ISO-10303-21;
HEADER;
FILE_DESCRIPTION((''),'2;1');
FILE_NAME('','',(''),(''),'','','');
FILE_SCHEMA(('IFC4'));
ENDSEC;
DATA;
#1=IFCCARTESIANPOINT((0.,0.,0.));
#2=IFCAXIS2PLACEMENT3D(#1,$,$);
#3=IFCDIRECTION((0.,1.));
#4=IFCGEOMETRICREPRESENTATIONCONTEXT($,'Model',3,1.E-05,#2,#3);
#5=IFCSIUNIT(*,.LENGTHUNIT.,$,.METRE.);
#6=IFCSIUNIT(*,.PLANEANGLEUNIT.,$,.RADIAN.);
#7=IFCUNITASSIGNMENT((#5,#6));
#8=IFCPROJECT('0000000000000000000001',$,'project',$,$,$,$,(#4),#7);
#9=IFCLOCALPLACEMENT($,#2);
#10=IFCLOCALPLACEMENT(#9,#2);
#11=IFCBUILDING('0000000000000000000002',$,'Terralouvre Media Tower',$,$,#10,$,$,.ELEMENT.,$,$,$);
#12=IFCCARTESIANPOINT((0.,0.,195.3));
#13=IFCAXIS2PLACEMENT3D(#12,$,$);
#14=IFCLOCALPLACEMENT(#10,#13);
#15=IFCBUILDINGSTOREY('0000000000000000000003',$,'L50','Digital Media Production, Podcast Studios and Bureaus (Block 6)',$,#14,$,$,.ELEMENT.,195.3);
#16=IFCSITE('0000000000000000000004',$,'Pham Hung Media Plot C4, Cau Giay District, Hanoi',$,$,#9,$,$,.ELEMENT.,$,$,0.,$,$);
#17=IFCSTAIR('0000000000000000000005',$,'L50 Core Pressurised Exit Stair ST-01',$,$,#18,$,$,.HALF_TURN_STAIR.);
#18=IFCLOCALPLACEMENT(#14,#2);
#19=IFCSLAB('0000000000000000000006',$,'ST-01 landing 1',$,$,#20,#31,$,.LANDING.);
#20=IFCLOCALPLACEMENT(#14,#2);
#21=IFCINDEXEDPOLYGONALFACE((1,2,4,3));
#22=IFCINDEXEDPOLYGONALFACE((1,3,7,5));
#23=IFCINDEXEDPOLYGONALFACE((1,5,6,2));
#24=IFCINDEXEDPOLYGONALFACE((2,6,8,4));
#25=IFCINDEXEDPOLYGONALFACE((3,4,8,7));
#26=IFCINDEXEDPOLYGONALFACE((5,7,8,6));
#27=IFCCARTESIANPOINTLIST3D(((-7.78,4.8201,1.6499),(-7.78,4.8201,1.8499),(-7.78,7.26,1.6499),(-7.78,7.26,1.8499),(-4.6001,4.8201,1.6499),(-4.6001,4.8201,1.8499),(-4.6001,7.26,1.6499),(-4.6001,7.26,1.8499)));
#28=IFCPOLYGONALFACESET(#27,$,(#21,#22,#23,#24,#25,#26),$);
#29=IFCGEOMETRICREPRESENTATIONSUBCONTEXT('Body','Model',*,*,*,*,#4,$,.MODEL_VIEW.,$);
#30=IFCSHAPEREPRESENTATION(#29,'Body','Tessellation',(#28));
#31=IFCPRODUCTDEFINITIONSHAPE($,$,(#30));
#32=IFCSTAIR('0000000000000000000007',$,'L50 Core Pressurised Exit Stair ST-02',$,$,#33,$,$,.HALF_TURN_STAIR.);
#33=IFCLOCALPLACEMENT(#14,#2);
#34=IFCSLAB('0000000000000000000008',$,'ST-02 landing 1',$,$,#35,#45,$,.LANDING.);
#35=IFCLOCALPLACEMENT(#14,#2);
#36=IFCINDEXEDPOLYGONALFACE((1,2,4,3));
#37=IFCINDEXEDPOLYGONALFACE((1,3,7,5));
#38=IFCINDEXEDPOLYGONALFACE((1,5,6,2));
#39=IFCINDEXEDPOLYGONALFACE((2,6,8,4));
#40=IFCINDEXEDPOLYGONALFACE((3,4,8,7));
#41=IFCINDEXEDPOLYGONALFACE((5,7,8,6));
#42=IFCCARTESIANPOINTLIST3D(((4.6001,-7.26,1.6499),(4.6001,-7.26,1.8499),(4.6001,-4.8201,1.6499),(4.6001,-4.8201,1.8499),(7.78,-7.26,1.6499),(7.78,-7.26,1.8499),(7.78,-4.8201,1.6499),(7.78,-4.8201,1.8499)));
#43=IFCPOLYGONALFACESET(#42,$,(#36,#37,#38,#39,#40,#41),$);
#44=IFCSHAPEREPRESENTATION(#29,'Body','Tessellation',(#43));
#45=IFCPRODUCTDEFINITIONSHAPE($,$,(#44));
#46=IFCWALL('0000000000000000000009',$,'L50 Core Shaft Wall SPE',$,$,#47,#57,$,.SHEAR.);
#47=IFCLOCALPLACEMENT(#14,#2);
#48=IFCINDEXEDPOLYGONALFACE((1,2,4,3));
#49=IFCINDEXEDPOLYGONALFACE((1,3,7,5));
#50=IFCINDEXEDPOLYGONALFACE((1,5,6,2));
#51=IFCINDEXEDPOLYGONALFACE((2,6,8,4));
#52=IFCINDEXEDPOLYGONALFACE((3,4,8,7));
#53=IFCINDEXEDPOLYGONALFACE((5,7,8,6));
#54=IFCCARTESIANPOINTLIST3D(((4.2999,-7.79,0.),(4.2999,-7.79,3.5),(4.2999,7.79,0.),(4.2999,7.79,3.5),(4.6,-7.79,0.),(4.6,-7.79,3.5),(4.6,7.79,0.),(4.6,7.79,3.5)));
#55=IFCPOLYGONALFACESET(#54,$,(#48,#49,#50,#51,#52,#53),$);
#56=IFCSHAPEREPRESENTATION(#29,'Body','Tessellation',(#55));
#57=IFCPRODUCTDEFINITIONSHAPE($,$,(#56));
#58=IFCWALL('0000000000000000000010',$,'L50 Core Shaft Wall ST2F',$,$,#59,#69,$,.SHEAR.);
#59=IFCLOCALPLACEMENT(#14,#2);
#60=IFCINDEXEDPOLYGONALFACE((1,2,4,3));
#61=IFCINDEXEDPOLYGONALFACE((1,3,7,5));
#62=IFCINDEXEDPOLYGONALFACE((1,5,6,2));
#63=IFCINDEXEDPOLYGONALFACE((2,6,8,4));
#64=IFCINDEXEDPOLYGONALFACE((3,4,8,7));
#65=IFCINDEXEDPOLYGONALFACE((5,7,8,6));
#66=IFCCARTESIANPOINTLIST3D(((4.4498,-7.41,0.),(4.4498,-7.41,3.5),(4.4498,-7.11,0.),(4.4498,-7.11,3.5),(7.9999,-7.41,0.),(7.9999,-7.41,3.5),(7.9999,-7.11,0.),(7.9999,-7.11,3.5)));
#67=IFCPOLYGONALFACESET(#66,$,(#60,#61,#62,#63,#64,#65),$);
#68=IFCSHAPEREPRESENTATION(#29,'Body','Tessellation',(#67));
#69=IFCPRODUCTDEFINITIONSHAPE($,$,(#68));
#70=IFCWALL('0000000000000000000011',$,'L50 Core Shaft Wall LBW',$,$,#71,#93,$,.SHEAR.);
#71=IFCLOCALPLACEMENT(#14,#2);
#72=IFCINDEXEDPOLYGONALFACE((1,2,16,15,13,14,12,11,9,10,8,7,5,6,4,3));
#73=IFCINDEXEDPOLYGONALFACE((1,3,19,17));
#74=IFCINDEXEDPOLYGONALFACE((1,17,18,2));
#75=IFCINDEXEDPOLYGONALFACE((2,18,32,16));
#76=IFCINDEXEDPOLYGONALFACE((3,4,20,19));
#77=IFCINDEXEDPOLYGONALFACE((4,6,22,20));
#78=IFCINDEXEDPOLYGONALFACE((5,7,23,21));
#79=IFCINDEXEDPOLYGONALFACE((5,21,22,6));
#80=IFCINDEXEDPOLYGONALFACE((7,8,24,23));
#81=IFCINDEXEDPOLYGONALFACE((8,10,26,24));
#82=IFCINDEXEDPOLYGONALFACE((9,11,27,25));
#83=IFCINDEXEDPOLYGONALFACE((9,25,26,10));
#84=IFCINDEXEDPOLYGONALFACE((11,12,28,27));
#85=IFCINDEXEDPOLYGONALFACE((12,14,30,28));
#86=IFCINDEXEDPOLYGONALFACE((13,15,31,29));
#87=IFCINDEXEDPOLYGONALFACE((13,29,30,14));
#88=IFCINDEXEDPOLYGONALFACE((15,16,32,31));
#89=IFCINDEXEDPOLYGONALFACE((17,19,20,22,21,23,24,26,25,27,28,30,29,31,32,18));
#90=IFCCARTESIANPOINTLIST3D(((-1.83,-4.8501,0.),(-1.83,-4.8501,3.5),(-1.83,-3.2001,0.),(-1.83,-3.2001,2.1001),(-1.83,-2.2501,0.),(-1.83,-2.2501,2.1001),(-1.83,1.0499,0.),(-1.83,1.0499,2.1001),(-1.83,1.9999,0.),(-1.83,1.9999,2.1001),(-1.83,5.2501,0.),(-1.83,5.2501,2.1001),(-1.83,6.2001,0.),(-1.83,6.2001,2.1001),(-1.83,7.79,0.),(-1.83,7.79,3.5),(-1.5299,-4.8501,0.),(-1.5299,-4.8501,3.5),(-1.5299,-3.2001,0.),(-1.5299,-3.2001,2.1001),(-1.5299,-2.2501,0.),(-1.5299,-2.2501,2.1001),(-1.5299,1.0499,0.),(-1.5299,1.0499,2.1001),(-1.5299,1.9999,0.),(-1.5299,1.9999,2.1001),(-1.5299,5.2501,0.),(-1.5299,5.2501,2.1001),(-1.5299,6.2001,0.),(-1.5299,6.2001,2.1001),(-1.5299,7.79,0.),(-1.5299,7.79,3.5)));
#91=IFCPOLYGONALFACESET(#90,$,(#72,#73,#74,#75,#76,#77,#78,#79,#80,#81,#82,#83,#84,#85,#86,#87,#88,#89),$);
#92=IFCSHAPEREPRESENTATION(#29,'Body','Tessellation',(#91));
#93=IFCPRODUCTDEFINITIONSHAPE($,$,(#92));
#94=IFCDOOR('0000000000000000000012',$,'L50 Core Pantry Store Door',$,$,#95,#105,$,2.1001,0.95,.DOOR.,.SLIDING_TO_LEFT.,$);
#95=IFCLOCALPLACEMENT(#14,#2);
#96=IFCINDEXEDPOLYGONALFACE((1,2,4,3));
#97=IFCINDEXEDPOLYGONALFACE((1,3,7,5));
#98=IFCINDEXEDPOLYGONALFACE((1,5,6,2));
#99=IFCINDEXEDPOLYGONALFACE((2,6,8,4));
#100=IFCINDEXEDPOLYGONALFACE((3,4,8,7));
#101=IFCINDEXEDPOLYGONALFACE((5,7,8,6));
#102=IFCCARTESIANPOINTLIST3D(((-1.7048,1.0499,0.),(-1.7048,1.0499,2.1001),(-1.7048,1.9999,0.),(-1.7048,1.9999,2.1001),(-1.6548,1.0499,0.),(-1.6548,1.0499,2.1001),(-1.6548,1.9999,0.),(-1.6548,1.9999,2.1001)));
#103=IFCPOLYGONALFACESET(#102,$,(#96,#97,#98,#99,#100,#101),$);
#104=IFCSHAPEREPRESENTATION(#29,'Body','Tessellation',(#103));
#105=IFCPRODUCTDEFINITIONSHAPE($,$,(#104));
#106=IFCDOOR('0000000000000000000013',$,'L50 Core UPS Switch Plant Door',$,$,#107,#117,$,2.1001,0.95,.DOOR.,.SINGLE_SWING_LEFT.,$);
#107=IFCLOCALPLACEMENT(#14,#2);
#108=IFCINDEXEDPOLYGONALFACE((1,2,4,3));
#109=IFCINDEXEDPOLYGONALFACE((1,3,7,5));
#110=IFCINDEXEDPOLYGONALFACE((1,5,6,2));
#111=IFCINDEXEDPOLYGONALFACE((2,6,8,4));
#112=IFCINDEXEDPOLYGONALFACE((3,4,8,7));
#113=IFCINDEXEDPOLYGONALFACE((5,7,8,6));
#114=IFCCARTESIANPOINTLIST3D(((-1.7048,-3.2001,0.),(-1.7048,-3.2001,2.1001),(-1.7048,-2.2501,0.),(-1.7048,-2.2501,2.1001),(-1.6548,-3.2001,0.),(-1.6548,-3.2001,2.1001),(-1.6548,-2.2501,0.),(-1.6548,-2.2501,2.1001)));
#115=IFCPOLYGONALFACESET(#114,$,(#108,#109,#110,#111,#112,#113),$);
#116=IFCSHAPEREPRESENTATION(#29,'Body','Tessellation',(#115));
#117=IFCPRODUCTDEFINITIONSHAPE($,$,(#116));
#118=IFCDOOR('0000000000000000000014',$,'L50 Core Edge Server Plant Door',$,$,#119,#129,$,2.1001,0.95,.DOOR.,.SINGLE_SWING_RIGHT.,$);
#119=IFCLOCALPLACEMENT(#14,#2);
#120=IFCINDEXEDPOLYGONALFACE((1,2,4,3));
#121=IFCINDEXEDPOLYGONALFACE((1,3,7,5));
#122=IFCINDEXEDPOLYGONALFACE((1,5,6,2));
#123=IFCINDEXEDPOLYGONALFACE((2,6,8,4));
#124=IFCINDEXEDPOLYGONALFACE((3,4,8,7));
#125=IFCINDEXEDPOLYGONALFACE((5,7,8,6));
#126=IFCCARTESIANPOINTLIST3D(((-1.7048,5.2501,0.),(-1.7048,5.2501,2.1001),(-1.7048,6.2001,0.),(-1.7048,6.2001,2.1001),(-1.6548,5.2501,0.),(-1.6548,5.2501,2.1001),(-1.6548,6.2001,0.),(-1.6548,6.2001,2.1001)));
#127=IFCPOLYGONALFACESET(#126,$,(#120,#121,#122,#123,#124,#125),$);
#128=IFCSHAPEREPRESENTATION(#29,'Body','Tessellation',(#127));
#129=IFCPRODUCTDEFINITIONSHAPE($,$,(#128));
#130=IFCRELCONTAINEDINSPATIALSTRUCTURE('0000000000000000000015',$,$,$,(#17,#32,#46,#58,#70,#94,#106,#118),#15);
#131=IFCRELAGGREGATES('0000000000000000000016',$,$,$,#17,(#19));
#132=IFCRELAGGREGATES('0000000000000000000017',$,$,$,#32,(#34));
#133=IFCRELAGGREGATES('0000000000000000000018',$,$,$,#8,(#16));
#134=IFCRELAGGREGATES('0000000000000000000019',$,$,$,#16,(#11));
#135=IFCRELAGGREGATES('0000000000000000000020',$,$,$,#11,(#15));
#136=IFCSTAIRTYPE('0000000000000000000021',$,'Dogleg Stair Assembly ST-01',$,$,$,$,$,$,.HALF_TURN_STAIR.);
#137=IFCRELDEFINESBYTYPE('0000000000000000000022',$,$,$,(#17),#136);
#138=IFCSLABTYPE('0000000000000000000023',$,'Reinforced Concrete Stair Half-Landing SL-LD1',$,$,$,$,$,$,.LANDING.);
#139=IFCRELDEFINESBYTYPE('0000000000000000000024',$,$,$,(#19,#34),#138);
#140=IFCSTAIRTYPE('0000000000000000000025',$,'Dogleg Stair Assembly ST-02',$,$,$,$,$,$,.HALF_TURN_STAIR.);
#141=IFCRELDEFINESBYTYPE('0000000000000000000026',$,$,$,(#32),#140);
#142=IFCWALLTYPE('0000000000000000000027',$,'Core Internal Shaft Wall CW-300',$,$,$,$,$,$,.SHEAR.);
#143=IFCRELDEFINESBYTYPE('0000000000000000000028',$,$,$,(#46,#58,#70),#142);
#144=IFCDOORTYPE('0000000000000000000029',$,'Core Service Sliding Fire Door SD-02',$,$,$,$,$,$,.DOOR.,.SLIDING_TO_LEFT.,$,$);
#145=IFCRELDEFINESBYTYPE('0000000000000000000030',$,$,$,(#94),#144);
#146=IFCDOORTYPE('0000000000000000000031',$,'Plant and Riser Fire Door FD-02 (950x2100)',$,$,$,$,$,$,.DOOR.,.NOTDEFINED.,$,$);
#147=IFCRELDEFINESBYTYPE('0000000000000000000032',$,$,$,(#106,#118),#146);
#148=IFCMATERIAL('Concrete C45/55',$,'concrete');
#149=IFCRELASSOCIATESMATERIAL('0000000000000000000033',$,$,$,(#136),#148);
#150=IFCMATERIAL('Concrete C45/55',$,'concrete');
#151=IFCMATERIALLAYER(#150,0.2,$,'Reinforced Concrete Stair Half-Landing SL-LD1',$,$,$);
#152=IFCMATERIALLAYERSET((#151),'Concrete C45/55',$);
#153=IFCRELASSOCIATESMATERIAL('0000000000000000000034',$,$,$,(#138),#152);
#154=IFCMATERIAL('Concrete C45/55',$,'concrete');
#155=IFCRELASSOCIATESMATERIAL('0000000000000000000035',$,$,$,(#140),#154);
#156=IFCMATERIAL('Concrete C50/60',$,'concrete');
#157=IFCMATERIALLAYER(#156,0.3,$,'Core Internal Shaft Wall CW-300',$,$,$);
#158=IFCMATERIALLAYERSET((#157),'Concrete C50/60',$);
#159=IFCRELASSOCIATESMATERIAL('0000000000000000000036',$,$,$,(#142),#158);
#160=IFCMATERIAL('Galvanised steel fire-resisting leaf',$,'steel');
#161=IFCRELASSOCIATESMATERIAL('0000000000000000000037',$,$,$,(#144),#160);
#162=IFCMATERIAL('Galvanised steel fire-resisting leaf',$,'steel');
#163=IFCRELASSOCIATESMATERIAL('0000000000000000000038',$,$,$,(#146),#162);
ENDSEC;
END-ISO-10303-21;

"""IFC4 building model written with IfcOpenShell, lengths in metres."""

from ifc_helpers import new_model, si_unit, direction, frame, frame_2d, origin, place, context, subcontext, project, spatial, polyline, rectangle, outline, extrude, material, layer, layer_set, type_object, element, fill, aggregate, save


model = new_model("IFC4")

# Units and contexts
model_context = context("Model", 3, precision=1e-05, world=origin(), true_north=direction((0.0, 1.0)))
body_context = subcontext(model_context, "Body", "Model", "MODEL_VIEW")
ifc_project = project(units=[si_unit("LENGTHUNIT", "METRE"), si_unit("PLANEANGLEUNIT", "RADIAN")], contexts=[model_context])

# Site, building, storey
site_placement = place(None, origin())
site = spatial("IfcSite", under=ifc_project, at=site_placement, Name="Pham Hung Media Plot C4, Cau Giay District, Hanoi", CompositionType="ELEMENT", RefElevation=0.0)
building_placement = place(site_placement, origin())
building = spatial("IfcBuilding", under=site, at=building_placement, Name="Terralouvre Media Tower", CompositionType="ELEMENT")
storey_placement = place(building_placement, frame((0.0, 0.0, 195.3)))
storey = spatial("IfcBuildingStorey", under=building, at=storey_placement, Name="L50", Description="Digital Media Production, Podcast Studios and Bureaus (Block 6)", CompositionType="ELEMENT", Elevation=195.3)

# Stairs, slabs
ifc_material_1 = material(Name="Concrete C45/55", Category="concrete")
stair_type_1 = type_object("IfcStairType", Name="Dogleg Stair Assembly ST-01", PredefinedType="HALF_TURN_STAIR", material=ifc_material_1)
stair_1_placement = place(storey_placement, origin())
stair_1 = element("IfcStair", 1, at=stair_1_placement, inside=storey, type_object=stair_type_1, Name="L50 Core Pressurised Exit Stair ST-01", PredefinedType="HALF_TURN_STAIR")
ifc_material_2 = material(Name="Concrete C45/55", Category="concrete")
ifc_layer_1 = layer(ifc_material_2, 0.2, Name="Reinforced Concrete Stair Half-Landing SL-LD1")
ifc_layer_set_1 = layer_set([ifc_layer_1], Name="Concrete C45/55")
slab_type_1 = type_object("IfcSlabType", Name="Reinforced Concrete Stair Half-Landing SL-LD1", PredefinedType="LANDING", material=ifc_layer_set_1)
slab_1_placement = place(storey_placement, frame((0.0, 0.0, 1.6499)))
slab_1 = element("IfcSlab", 2, at=slab_1_placement, type_object=slab_type_1, Name="ST-01 landing 1", PredefinedType="LANDING", context=body_context, shape_type="SweptSolid", body=[
    extrude(outline(polyline([(-4.6001, 4.8201), (-4.6001, 7.26), (-7.78, 7.26), (-7.78, 4.8201), (-4.6001, 4.8201)])), origin(), (0.0, 0.0, 1.0), 0.2),
])
aggregate(stair_1, [slab_1])
ifc_material_3 = material(Name="Concrete C45/55", Category="concrete")
stair_type_2 = type_object("IfcStairType", Name="Dogleg Stair Assembly ST-02", PredefinedType="HALF_TURN_STAIR", material=ifc_material_3)
stair_2_placement = place(storey_placement, origin())
stair_2 = element("IfcStair", 3, at=stair_2_placement, inside=storey, type_object=stair_type_2, Name="L50 Core Pressurised Exit Stair ST-02", PredefinedType="HALF_TURN_STAIR")
slab_2_placement = place(storey_placement, frame((0.0, 0.0, 1.6499)))
slab_2 = element("IfcSlab", 4, at=slab_2_placement, type_object=slab_type_1, Name="ST-02 landing 1", PredefinedType="LANDING", context=body_context, shape_type="SweptSolid", body=[
    extrude(outline(polyline([(4.6001, -4.8201), (4.6001, -7.26), (7.78, -7.26), (7.78, -4.8201), (4.6001, -4.8201)])), origin(), (0.0, 0.0, 1.0), 0.2),
])

# Wall
ifc_material_4 = material(Name="Concrete C50/60", Category="concrete")
ifc_layer_2 = layer(ifc_material_4, 0.3, Name="Core Internal Shaft Wall CW-300")
ifc_layer_set_2 = layer_set([ifc_layer_2], Name="Concrete C50/60")
wall_type_1 = type_object("IfcWallType", Name="Core Internal Shaft Wall CW-300", PredefinedType="SHEAR", material=ifc_layer_set_2)
wall_1_placement = place(storey_placement, frame((4.45, -7.79, 0.0), z_axis=(0.0, 0.0, 1.0), x_axis=(0.0, 1.0, 0.0)))
element("IfcWall", 5, at=wall_1_placement, inside=storey, type_object=wall_type_1, Name="L50 Core Shaft Wall SPE", PredefinedType="SHEAR", context=body_context, shape_type="SweptSolid", body=[
    extrude(rectangle(XDim=15.5801, YDim=0.3, at=frame_2d((7.79, 0.0))), origin(), (0.0, 0.0, 1.0), 3.5),
])

# Wall
wall_2_placement = place(storey_placement, frame((4.45, -7.26, 0.0), z_axis=(0.0, 0.0, 1.0), x_axis=(1.0, 0.0, 0.0)))
element("IfcWall", 6, at=wall_2_placement, inside=storey, type_object=wall_type_1, Name="L50 Core Shaft Wall ST2F", PredefinedType="SHEAR", context=body_context, shape_type="SweptSolid", body=[
    extrude(rectangle(XDim=3.55, YDim=0.3, at=frame_2d((1.7749, 0.0))), origin(), (0.0, 0.0, 1.0), 3.5),
])

# Wall, openings, doors
wall_3_placement = place(storey_placement, frame((-1.6799, -4.8501, 0.0), z_axis=(0.0, 0.0, 1.0), x_axis=(0.0, 1.0, 0.0)))
wall_3 = element("IfcWall", 7, at=wall_3_placement, inside=storey, type_object=wall_type_1, Name="L50 Core Shaft Wall LBW", PredefinedType="SHEAR", context=body_context, shape_type="SweptSolid", body=[
    extrude(rectangle(XDim=12.6401, YDim=0.3, at=frame_2d((6.3201, 0.0))), origin(), (0.0, 0.0, 1.0), 3.5),
])
opening_1_placement = place(wall_3_placement, frame((1.6499, 0.0, 0.0)))
opening_1 = element("IfcOpeningElement", 8, at=opening_1_placement, cuts=wall_3, PredefinedType="OPENING", context=body_context, shape_type="SweptSolid", body=[
    extrude(rectangle(XDim=0.95, YDim=2.1001, at=frame_2d((0.4751, 1.05))), frame((0.0, 0.1599, 0.0), z_axis=(0.0, -1.0, 0.0), x_axis=(1.0, 0.0, 0.0)), (0.0, 0.0, 1.0), 0.3201),
])
opening_2_placement = place(wall_3_placement, frame((5.8999, 0.0, 0.0)))
opening_2 = element("IfcOpeningElement", 9, at=opening_2_placement, cuts=wall_3, PredefinedType="OPENING", context=body_context, shape_type="SweptSolid", body=[
    extrude(rectangle(XDim=0.95, YDim=2.1001, at=frame_2d((0.4751, 1.05))), frame((0.0, 0.1599, 0.0), z_axis=(0.0, -1.0, 0.0), x_axis=(1.0, 0.0, 0.0)), (0.0, 0.0, 1.0), 0.3201),
])
opening_3_placement = place(wall_3_placement, frame((10.1001, 0.0, 0.0)))
opening_3 = element("IfcOpeningElement", 10, at=opening_3_placement, cuts=wall_3, PredefinedType="OPENING", context=body_context, shape_type="SweptSolid", body=[
    extrude(rectangle(XDim=0.95, YDim=2.1001, at=frame_2d((0.4751, 1.05))), frame((0.0, 0.1599, 0.0), z_axis=(0.0, -1.0, 0.0), x_axis=(1.0, 0.0, 0.0)), (0.0, 0.0, 1.0), 0.3201),
])
ifc_material_5 = material(Name="Galvanised steel fire-resisting leaf", Category="steel")
door_type_1 = type_object("IfcDoorType", Name="Core Service Sliding Fire Door SD-02", OperationType="SLIDING_TO_LEFT", PredefinedType="DOOR", material=ifc_material_5)
door_1_placement = place(opening_2_placement, origin())
door_1 = element("IfcDoor", 11, at=door_1_placement, inside=storey, type_object=door_type_1, Name="L50 Core Pantry Store Door", OperationType="SLIDING_TO_LEFT", OverallHeight=2.1001, OverallWidth=0.95, PredefinedType="DOOR", context=body_context, shape_type="SweptSolid", body=[
    extrude(rectangle(XDim=0.95, YDim=2.1001, at=frame_2d((0.4751, 1.05))), frame((0.0, 0.0249, 0.0), z_axis=(0.0, -1.0, 0.0), x_axis=(1.0, 0.0, 0.0)), (0.0, 0.0, 1.0), 0.05),
])
fill(opening_2, door_1)
ifc_material_6 = material(Name="Galvanised steel fire-resisting leaf", Category="steel")
door_type_2 = type_object("IfcDoorType", Name="Plant and Riser Fire Door FD-02 (950x2100)", OperationType="NOTDEFINED", PredefinedType="DOOR", material=ifc_material_6)
door_2_placement = place(opening_1_placement, origin())
door_2 = element("IfcDoor", 12, at=door_2_placement, inside=storey, type_object=door_type_2, Name="L50 Core UPS Switch Plant Door", OperationType="SINGLE_SWING_LEFT", OverallHeight=2.1001, OverallWidth=0.95, PredefinedType="DOOR", context=body_context, shape_type="SweptSolid", body=[
    extrude(rectangle(XDim=0.95, YDim=2.1001, at=frame_2d((0.4751, 1.05))), frame((0.0, 0.0249, 0.0), z_axis=(0.0, -1.0, 0.0), x_axis=(1.0, 0.0, 0.0)), (0.0, 0.0, 1.0), 0.05),
])
fill(opening_1, door_2)
door_3_placement = place(opening_3_placement, origin())
door_3 = element("IfcDoor", 13, at=door_3_placement, inside=storey, type_object=door_type_2, Name="L50 Core Edge Server Plant Door", OperationType="SINGLE_SWING_RIGHT", OverallHeight=2.1001, OverallWidth=0.95, PredefinedType="DOOR", context=body_context, shape_type="SweptSolid", body=[
    extrude(rectangle(XDim=0.95, YDim=2.1001, at=frame_2d((0.4751, 1.05))), frame((0.0, 0.0249, 0.0), z_axis=(0.0, -1.0, 0.0), x_axis=(1.0, 0.0, 0.0)), (0.0, 0.0, 1.0), 0.05),
])
fill(opening_3, door_3)

aggregate(stair_2, [slab_2])

save(model, "model.ifc")
